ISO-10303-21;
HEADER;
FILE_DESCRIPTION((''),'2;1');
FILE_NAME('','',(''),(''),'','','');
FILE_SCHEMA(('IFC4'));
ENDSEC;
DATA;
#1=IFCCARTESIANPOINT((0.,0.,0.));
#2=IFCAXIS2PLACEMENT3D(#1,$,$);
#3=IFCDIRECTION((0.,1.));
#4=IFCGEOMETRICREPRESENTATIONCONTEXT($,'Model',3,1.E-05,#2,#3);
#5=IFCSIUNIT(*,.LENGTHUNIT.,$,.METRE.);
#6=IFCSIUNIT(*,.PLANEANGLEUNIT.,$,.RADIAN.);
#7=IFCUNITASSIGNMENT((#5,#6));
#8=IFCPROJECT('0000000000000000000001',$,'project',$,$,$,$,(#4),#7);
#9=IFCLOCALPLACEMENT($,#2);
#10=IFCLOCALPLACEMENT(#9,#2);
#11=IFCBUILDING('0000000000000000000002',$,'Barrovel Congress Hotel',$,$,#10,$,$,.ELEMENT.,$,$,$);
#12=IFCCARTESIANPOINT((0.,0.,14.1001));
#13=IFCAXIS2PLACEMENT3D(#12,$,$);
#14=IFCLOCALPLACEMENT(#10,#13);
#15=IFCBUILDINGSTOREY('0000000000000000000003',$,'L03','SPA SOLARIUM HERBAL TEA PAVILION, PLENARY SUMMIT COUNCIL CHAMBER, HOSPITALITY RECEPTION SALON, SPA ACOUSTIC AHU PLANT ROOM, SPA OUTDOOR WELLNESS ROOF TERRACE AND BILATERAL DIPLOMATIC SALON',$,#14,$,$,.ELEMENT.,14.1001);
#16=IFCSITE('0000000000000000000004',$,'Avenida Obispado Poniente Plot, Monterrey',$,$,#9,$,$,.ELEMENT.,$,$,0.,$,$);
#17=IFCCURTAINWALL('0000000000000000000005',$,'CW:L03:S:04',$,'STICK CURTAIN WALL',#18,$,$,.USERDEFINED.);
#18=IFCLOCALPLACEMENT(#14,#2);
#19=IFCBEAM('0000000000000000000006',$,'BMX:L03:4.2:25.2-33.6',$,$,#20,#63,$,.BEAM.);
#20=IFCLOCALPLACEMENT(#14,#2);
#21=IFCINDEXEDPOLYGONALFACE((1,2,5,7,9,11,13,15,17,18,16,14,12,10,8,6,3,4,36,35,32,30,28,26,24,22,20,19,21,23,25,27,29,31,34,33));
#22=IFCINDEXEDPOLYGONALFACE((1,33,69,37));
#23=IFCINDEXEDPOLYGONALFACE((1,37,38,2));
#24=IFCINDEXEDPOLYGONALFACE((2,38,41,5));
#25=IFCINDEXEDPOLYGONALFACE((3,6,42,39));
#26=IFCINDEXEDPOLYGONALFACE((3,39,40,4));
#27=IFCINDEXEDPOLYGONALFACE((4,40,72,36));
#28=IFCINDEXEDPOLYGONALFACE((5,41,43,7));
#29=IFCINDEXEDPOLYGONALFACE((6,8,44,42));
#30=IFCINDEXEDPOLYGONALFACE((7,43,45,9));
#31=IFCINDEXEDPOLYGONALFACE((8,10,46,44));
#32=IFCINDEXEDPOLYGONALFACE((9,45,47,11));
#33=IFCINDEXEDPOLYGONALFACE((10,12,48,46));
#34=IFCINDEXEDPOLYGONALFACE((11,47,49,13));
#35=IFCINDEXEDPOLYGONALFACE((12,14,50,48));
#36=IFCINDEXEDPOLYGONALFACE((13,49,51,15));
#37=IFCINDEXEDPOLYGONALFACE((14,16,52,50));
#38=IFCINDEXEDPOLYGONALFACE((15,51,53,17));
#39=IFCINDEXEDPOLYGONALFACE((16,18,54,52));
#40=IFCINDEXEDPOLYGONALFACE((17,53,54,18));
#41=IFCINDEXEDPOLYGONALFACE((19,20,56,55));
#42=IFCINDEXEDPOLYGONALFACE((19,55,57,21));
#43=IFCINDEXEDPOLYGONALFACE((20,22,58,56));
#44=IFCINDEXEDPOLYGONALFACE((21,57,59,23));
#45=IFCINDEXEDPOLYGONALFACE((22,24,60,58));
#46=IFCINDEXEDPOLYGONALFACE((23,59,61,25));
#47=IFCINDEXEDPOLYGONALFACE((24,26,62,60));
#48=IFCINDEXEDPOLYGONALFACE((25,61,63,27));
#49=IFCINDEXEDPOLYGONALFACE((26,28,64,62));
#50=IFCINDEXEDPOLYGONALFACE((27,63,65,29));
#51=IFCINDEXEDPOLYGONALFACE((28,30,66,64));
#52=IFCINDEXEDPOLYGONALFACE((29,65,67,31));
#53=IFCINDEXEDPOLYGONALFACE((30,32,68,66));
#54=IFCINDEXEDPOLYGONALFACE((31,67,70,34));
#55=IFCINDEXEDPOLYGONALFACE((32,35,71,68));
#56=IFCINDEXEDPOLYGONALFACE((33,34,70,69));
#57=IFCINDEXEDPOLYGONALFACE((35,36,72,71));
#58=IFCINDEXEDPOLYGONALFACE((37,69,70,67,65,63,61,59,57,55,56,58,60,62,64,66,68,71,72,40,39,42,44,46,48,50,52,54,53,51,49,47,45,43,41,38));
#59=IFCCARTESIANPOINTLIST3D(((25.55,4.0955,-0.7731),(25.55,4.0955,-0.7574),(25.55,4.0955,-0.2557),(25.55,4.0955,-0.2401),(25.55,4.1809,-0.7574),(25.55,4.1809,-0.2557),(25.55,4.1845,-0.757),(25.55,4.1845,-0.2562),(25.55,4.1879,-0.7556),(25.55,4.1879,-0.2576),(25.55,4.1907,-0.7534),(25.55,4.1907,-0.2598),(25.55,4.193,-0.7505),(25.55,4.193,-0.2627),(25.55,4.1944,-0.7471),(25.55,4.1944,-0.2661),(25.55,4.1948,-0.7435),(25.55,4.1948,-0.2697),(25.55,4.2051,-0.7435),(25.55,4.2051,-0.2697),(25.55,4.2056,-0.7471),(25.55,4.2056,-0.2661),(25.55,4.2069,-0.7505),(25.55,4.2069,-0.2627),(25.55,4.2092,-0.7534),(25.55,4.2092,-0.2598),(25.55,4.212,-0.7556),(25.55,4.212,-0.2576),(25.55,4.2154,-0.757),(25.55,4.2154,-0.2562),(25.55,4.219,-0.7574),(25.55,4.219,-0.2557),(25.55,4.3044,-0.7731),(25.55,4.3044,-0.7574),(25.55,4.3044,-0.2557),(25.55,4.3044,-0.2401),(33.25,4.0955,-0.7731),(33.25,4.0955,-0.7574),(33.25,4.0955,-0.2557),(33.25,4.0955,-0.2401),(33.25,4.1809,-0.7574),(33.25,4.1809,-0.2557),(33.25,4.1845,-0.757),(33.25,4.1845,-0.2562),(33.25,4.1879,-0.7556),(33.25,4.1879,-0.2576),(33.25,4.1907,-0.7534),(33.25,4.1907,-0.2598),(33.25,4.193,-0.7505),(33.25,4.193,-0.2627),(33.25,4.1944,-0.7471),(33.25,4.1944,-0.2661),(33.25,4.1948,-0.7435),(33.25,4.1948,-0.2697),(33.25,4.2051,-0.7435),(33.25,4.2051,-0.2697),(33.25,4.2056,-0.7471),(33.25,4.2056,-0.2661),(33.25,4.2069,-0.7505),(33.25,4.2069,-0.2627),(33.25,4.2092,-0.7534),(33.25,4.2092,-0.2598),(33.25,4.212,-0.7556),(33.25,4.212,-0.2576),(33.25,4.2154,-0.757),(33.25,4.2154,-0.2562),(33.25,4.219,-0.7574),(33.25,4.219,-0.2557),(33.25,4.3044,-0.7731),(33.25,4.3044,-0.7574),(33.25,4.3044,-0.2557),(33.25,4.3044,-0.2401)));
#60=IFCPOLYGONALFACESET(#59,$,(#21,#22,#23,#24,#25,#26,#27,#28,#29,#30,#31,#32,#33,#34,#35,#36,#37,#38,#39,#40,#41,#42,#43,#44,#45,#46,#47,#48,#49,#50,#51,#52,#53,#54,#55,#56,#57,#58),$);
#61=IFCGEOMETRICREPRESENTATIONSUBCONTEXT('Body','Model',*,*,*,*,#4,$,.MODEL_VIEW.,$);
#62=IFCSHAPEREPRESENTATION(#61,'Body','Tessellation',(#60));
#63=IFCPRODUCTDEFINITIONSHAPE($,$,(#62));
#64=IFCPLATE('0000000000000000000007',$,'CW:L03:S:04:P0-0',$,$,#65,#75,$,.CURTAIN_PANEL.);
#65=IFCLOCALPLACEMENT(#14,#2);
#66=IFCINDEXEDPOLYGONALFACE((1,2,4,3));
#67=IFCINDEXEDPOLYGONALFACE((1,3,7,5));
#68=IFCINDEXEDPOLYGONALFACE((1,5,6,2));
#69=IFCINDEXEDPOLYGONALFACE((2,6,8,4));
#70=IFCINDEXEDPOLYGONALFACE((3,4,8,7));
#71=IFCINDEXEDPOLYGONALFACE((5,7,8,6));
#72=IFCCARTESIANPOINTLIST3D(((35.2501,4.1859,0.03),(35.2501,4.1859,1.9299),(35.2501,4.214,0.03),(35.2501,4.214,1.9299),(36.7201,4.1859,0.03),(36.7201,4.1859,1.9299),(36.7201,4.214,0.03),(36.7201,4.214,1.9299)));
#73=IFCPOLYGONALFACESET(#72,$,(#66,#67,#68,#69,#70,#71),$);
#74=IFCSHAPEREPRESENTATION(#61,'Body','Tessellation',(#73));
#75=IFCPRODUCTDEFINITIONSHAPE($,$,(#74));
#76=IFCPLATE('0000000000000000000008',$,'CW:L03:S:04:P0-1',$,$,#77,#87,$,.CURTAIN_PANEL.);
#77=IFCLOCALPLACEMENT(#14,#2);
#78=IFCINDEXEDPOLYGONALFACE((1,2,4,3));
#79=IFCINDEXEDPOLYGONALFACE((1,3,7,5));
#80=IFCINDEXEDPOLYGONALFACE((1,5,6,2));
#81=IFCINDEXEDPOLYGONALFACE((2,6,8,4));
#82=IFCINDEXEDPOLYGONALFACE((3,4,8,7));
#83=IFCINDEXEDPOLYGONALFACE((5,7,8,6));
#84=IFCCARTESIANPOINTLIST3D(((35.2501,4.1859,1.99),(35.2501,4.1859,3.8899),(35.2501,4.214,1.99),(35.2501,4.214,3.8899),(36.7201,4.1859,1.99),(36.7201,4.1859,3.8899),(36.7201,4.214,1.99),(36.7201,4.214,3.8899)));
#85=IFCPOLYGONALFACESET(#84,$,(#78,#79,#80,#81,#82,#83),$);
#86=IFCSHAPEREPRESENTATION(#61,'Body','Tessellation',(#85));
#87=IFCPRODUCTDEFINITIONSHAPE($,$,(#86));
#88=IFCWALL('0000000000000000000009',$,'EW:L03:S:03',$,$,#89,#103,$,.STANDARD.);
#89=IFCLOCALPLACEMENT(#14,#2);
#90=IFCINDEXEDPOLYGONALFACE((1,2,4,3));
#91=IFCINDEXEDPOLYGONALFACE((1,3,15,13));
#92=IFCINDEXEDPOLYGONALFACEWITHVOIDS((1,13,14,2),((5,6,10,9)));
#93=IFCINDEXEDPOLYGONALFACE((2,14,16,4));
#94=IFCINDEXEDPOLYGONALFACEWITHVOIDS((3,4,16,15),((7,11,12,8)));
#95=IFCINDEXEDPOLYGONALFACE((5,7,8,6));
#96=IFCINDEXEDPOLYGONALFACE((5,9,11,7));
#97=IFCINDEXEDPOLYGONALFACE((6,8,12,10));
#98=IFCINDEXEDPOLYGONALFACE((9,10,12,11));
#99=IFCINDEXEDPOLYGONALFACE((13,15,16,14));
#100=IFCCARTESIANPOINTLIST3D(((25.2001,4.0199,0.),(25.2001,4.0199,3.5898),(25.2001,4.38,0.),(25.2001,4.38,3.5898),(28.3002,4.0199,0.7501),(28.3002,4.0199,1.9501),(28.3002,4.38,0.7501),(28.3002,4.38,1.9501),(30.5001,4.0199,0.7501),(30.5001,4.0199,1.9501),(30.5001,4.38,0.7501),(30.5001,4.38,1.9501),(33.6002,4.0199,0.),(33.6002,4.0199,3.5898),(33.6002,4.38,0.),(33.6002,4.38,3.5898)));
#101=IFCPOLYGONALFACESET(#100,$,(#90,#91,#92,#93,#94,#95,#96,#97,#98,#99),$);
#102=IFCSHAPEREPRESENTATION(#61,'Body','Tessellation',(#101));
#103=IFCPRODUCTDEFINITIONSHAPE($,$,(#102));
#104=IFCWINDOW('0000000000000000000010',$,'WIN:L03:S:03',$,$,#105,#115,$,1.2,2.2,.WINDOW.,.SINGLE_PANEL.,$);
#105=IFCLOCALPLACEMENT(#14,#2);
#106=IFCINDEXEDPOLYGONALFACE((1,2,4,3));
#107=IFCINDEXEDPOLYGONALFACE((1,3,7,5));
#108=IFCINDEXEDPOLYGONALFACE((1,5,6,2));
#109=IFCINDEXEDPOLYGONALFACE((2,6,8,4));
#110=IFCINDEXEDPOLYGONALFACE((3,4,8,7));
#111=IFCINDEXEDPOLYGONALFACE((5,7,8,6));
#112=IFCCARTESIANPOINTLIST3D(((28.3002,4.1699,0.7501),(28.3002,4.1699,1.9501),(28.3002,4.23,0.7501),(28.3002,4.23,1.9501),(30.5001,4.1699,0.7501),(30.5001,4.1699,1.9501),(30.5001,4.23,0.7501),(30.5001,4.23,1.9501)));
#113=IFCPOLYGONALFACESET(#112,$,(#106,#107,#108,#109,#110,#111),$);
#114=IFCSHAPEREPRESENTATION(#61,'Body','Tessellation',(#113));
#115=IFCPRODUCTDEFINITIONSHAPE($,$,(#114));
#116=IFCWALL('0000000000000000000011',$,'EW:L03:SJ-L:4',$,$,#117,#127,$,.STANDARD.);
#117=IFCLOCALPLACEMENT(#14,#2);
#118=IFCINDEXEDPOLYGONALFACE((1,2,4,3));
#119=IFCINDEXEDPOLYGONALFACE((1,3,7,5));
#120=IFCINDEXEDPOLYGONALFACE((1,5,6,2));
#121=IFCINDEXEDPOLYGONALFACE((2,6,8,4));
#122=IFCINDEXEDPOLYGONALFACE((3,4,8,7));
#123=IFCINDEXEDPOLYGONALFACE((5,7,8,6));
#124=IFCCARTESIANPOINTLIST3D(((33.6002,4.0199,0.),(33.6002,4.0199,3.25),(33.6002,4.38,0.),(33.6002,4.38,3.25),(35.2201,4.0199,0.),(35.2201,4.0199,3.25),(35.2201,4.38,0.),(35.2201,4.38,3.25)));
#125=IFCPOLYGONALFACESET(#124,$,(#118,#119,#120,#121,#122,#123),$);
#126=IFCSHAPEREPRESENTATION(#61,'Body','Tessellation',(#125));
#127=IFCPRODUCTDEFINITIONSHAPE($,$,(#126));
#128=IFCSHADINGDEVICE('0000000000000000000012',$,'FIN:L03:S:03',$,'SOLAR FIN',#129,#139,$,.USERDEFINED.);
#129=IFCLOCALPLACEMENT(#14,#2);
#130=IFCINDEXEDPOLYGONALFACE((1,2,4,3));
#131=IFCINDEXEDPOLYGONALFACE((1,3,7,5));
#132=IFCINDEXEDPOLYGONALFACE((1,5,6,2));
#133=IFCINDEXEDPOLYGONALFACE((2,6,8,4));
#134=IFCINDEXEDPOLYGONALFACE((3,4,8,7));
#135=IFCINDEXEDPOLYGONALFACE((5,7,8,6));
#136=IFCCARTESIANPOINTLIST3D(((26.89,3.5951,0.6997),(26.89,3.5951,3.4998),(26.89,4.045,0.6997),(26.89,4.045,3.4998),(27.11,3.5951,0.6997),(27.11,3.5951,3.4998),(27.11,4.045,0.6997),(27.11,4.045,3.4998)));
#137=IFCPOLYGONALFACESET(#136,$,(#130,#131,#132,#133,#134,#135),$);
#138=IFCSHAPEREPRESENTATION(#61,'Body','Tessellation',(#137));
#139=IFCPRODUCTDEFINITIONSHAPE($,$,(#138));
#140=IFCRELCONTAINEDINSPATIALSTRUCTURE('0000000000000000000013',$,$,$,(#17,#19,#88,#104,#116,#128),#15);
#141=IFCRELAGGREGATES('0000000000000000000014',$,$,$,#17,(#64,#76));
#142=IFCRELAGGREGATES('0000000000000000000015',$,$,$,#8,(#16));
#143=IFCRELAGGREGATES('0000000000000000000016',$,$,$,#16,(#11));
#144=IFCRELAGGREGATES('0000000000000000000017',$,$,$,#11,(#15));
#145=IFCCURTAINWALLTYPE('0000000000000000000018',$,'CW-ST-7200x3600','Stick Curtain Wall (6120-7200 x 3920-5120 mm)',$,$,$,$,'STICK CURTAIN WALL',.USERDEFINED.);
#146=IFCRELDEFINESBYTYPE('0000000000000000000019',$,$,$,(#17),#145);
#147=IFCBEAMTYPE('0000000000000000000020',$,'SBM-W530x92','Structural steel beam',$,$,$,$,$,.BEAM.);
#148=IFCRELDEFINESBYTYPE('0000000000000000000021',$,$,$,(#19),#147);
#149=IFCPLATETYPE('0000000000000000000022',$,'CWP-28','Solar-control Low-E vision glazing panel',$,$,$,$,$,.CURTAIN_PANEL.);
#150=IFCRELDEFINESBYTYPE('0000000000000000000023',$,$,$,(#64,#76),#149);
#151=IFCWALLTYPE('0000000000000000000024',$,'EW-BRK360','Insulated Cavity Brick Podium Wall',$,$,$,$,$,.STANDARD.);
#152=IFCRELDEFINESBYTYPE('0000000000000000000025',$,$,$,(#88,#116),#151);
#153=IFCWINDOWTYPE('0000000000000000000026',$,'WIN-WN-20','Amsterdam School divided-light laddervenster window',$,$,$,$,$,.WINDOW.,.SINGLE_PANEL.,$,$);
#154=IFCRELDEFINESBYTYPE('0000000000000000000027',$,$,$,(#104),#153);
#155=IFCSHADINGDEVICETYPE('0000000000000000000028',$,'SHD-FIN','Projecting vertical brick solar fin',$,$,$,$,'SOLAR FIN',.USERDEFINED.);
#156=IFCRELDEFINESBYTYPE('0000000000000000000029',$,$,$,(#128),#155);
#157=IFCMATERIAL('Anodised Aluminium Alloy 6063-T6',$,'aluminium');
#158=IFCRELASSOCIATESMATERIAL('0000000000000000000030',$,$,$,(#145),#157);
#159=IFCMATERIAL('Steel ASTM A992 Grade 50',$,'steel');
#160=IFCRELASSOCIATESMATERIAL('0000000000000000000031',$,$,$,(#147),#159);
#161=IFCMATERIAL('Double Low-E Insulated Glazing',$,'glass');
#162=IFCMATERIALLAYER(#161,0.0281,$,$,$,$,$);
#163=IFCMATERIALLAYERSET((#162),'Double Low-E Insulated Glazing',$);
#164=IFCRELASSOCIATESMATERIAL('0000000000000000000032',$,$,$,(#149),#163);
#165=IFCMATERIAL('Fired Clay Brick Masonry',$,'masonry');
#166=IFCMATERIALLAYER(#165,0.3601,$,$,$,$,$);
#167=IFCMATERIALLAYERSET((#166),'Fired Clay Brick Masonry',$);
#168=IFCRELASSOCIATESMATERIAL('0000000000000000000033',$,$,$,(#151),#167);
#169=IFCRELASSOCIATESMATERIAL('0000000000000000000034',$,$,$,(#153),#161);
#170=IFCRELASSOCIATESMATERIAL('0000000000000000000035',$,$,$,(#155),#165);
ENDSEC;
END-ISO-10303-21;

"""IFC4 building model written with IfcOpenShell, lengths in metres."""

from ifc_helpers import new_model, si_unit, direction, frame, frame_2d, origin, origin_2d, place, context, subcontext, project, spatial, rectangle, i_section, extrude, material, layer, layer_set, material_profile, profile_set, type_object, element, fill, aggregate, save


model = new_model("IFC4")

# Units and contexts
model_context = context("Model", 3, precision=1e-05, world=origin(), true_north=direction((0.0, 1.0)))
body_context = subcontext(model_context, "Body", "Model", "MODEL_VIEW")
ifc_project = project(units=[si_unit("LENGTHUNIT", "METRE"), si_unit("PLANEANGLEUNIT", "RADIAN")], contexts=[model_context])

# Site, building, storey
site_placement = place(None, origin())
site = spatial("IfcSite", under=ifc_project, at=site_placement, Name="Avenida Obispado Poniente Plot, Monterrey", CompositionType="ELEMENT", RefElevation=0.0)
building_placement = place(site_placement, origin())
building = spatial("IfcBuilding", under=site, at=building_placement, Name="Barrovel Congress Hotel", CompositionType="ELEMENT")
storey_placement = place(building_placement, frame((0.0, 0.0, 14.1001)))
storey = spatial("IfcBuildingStorey", under=building, at=storey_placement, Name="L03", Description="SPA SOLARIUM HERBAL TEA PAVILION, PLENARY SUMMIT COUNCIL CHAMBER, HOSPITALITY RECEPTION SALON, SPA ACOUSTIC AHU PLANT ROOM, SPA OUTDOOR WELLNESS ROOF TERRACE AND BILATERAL DIPLOMATIC SALON", CompositionType="ELEMENT", Elevation=14.1001)

# Curtain wall
ifc_material_1 = material(Name="Anodised Aluminium Alloy 6063-T6", Category="aluminium")
curtain_wall_type = type_object("IfcCurtainWallType", Name="CW-ST-7200x3600", Description="Stick Curtain Wall (6120-7200 x 3920-5120 mm)", ElementType="STICK CURTAIN WALL", PredefinedType="USERDEFINED", material=ifc_material_1)
curtain_wall_placement = place(storey_placement, origin())
curtain_wall = element("IfcCurtainWall", 1, at=curtain_wall_placement, inside=storey, type_object=curtain_wall_type, Name="CW:L03:S:04", ObjectType="STICK CURTAIN WALL", PredefinedType="USERDEFINED")

# Beam
ifc_material_2 = material(Name="Steel ASTM A992 Grade 50", Category="steel")
ifc_material_profile_1 = material_profile(ifc_material_2, i_section(OverallWidth=0.209, OverallDepth=0.533, WebThickness=0.0103, FlangeThickness=0.0156, FilletRadius=0.0139, at=origin_2d()), Name="W530x92")
ifc_profile_set_1 = profile_set([ifc_material_profile_1], Name="Steel ASTM A992 Grade 50")
beam_type_1 = type_object("IfcBeamType", Name="SBM-W530x92", Description="Structural steel beam", PredefinedType="BEAM", material=ifc_profile_set_1)
beam_1_placement = place(storey_placement, frame((25.55, 4.2, -0.5066), z_axis=(1.0, 0.0, 0.0), x_axis=(0.0, 1.0, 0.0)))
element("IfcBeam", 2, at=beam_1_placement, inside=storey, type_object=beam_type_1, Name="BMX:L03:4.2:25.2-33.6", PredefinedType="BEAM", context=body_context, shape_type="SweptSolid", body=[
    extrude(i_section(OverallWidth=0.209, OverallDepth=0.533, WebThickness=0.0103, FlangeThickness=0.0156, FilletRadius=0.0139, at=origin_2d()), origin(), (0.0, 0.0, 1.0), 7.7),
])

# Plates
ifc_material_3 = material(Name="Double Low-E Insulated Glazing", Category="glass")
ifc_layer_1 = layer(ifc_material_3, 0.0281)
ifc_layer_set_1 = layer_set([ifc_layer_1], Name="Double Low-E Insulated Glazing")
plate_type = type_object("IfcPlateType", Name="CWP-28", Description="Solar-control Low-E vision glazing panel", PredefinedType="CURTAIN_PANEL", material=ifc_layer_set_1)
plate_1_placement = place(storey_placement, frame((35.9851, 4.2, 0.03), z_axis=(0.0, 0.0, 1.0), x_axis=(1.0, 0.0, 0.0)))
plate_1 = element("IfcPlate", 3, at=plate_1_placement, type_object=plate_type, Name="CW:L03:S:04:P0-0", PredefinedType="CURTAIN_PANEL", context=body_context, shape_type="SweptSolid", body=[
    extrude(rectangle(XDim=1.47, YDim=0.0281, at=origin_2d()), origin(), (0.0, 0.0, 1.0), 1.8999),
])
plate_2_placement = place(storey_placement, frame((35.9851, 4.2, 1.99), z_axis=(0.0, 0.0, 1.0), x_axis=(1.0, 0.0, 0.0)))
plate_2 = element("IfcPlate", 4, at=plate_2_placement, type_object=plate_type, Name="CW:L03:S:04:P0-1", PredefinedType="CURTAIN_PANEL", context=body_context, shape_type="SweptSolid", body=[
    extrude(rectangle(XDim=1.47, YDim=0.0281, at=origin_2d()), origin(), (0.0, 0.0, 1.0), 1.8999),
])
aggregate(curtain_wall, [plate_1, plate_2])

# Wall, opening, window
ifc_material_4 = material(Name="Fired Clay Brick Masonry", Category="masonry")
ifc_layer_2 = layer(ifc_material_4, 0.3601)
ifc_layer_set_2 = layer_set([ifc_layer_2], Name="Fired Clay Brick Masonry")
wall_type = type_object("IfcWallType", Name="EW-BRK360", Description="Insulated Cavity Brick Podium Wall", PredefinedType="STANDARD", material=ifc_layer_set_2)
wall_1_placement = place(storey_placement, frame((25.2, 4.2, 0.0), z_axis=(0.0, 0.0, 1.0), x_axis=(1.0, 0.0, 0.0)))
wall_1 = element("IfcWall", 5, at=wall_1_placement, inside=storey, type_object=wall_type, Name="EW:L03:S:03", PredefinedType="STANDARD", context=body_context, shape_type="SweptSolid", body=[
    extrude(rectangle(XDim=8.4001, YDim=0.3601, at=frame_2d((4.2002, 0.0))), origin(), (0.0, 0.0, 1.0), 3.5898),
])
opening_placement = place(wall_1_placement, frame((3.1001, 0.0, 0.75)))
opening = element("IfcOpeningElement", 6, at=opening_placement, cuts=wall_1, PredefinedType="OPENING", context=body_context, shape_type="SweptSolid", body=[
    extrude(rectangle(XDim=2.2, YDim=1.2, at=frame_2d((1.1001, 0.6001))), frame((0.0, 0.1899, 0.0), z_axis=(0.0, -1.0, 0.0), x_axis=(1.0, 0.0, 0.0)), (0.0, 0.0, 1.0), 0.3801),
])
window_type = type_object("IfcWindowType", Name="WIN-WN-20", Description="Amsterdam School divided-light laddervenster window", PartitioningType="SINGLE_PANEL", PredefinedType="WINDOW", material=ifc_material_3)
window_placement = place(opening_placement, origin())
window = element("IfcWindow", 7, at=window_placement, inside=storey, type_object=window_type, Name="WIN:L03:S:03", OverallHeight=1.2, OverallWidth=2.2, PartitioningType="SINGLE_PANEL", PredefinedType="WINDOW", context=body_context, shape_type="SweptSolid", body=[
    extrude(rectangle(XDim=2.2, YDim=1.2, at=frame_2d((1.1001, 0.6001))), frame((0.0, 0.03, 0.0), z_axis=(0.0, -1.0, 0.0), x_axis=(1.0, 0.0, 0.0)), (0.0, 0.0, 1.0), 0.0601),
])
fill(opening, window)

# Wall
wall_2_placement = place(storey_placement, frame((33.6001, 4.2, 0.0), z_axis=(0.0, 0.0, 1.0), x_axis=(1.0, 0.0, 0.0)))
element("IfcWall", 8, at=wall_2_placement, inside=storey, type_object=wall_type, Name="EW:L03:SJ-L:4", PredefinedType="STANDARD", context=body_context, shape_type="SweptSolid", body=[
    extrude(rectangle(XDim=1.6199, YDim=0.3601, at=frame_2d((0.8101, 0.0))), origin(), (0.0, 0.0, 1.0), 3.25),
])

# Shading device
shading_device_type = type_object("IfcShadingDeviceType", Name="SHD-FIN", Description="Projecting vertical brick solar fin", ElementType="SOLAR FIN", PredefinedType="USERDEFINED", material=ifc_material_4)
shading_device_placement = place(storey_placement, frame((27.0, 3.8201, 0.6997), z_axis=(0.0, 0.0, 1.0), x_axis=(1.0, 0.0, 0.0)))
element("IfcShadingDevice", 9, at=shading_device_placement, inside=storey, type_object=shading_device_type, Name="FIN:L03:S:03", ObjectType="SOLAR FIN", PredefinedType="USERDEFINED", context=body_context, shape_type="SweptSolid", body=[
    extrude(rectangle(XDim=0.22, YDim=0.45, at=origin_2d()), origin(), (0.0, 0.0, 1.0), 2.8),
])

save(model, "model.ifc")
